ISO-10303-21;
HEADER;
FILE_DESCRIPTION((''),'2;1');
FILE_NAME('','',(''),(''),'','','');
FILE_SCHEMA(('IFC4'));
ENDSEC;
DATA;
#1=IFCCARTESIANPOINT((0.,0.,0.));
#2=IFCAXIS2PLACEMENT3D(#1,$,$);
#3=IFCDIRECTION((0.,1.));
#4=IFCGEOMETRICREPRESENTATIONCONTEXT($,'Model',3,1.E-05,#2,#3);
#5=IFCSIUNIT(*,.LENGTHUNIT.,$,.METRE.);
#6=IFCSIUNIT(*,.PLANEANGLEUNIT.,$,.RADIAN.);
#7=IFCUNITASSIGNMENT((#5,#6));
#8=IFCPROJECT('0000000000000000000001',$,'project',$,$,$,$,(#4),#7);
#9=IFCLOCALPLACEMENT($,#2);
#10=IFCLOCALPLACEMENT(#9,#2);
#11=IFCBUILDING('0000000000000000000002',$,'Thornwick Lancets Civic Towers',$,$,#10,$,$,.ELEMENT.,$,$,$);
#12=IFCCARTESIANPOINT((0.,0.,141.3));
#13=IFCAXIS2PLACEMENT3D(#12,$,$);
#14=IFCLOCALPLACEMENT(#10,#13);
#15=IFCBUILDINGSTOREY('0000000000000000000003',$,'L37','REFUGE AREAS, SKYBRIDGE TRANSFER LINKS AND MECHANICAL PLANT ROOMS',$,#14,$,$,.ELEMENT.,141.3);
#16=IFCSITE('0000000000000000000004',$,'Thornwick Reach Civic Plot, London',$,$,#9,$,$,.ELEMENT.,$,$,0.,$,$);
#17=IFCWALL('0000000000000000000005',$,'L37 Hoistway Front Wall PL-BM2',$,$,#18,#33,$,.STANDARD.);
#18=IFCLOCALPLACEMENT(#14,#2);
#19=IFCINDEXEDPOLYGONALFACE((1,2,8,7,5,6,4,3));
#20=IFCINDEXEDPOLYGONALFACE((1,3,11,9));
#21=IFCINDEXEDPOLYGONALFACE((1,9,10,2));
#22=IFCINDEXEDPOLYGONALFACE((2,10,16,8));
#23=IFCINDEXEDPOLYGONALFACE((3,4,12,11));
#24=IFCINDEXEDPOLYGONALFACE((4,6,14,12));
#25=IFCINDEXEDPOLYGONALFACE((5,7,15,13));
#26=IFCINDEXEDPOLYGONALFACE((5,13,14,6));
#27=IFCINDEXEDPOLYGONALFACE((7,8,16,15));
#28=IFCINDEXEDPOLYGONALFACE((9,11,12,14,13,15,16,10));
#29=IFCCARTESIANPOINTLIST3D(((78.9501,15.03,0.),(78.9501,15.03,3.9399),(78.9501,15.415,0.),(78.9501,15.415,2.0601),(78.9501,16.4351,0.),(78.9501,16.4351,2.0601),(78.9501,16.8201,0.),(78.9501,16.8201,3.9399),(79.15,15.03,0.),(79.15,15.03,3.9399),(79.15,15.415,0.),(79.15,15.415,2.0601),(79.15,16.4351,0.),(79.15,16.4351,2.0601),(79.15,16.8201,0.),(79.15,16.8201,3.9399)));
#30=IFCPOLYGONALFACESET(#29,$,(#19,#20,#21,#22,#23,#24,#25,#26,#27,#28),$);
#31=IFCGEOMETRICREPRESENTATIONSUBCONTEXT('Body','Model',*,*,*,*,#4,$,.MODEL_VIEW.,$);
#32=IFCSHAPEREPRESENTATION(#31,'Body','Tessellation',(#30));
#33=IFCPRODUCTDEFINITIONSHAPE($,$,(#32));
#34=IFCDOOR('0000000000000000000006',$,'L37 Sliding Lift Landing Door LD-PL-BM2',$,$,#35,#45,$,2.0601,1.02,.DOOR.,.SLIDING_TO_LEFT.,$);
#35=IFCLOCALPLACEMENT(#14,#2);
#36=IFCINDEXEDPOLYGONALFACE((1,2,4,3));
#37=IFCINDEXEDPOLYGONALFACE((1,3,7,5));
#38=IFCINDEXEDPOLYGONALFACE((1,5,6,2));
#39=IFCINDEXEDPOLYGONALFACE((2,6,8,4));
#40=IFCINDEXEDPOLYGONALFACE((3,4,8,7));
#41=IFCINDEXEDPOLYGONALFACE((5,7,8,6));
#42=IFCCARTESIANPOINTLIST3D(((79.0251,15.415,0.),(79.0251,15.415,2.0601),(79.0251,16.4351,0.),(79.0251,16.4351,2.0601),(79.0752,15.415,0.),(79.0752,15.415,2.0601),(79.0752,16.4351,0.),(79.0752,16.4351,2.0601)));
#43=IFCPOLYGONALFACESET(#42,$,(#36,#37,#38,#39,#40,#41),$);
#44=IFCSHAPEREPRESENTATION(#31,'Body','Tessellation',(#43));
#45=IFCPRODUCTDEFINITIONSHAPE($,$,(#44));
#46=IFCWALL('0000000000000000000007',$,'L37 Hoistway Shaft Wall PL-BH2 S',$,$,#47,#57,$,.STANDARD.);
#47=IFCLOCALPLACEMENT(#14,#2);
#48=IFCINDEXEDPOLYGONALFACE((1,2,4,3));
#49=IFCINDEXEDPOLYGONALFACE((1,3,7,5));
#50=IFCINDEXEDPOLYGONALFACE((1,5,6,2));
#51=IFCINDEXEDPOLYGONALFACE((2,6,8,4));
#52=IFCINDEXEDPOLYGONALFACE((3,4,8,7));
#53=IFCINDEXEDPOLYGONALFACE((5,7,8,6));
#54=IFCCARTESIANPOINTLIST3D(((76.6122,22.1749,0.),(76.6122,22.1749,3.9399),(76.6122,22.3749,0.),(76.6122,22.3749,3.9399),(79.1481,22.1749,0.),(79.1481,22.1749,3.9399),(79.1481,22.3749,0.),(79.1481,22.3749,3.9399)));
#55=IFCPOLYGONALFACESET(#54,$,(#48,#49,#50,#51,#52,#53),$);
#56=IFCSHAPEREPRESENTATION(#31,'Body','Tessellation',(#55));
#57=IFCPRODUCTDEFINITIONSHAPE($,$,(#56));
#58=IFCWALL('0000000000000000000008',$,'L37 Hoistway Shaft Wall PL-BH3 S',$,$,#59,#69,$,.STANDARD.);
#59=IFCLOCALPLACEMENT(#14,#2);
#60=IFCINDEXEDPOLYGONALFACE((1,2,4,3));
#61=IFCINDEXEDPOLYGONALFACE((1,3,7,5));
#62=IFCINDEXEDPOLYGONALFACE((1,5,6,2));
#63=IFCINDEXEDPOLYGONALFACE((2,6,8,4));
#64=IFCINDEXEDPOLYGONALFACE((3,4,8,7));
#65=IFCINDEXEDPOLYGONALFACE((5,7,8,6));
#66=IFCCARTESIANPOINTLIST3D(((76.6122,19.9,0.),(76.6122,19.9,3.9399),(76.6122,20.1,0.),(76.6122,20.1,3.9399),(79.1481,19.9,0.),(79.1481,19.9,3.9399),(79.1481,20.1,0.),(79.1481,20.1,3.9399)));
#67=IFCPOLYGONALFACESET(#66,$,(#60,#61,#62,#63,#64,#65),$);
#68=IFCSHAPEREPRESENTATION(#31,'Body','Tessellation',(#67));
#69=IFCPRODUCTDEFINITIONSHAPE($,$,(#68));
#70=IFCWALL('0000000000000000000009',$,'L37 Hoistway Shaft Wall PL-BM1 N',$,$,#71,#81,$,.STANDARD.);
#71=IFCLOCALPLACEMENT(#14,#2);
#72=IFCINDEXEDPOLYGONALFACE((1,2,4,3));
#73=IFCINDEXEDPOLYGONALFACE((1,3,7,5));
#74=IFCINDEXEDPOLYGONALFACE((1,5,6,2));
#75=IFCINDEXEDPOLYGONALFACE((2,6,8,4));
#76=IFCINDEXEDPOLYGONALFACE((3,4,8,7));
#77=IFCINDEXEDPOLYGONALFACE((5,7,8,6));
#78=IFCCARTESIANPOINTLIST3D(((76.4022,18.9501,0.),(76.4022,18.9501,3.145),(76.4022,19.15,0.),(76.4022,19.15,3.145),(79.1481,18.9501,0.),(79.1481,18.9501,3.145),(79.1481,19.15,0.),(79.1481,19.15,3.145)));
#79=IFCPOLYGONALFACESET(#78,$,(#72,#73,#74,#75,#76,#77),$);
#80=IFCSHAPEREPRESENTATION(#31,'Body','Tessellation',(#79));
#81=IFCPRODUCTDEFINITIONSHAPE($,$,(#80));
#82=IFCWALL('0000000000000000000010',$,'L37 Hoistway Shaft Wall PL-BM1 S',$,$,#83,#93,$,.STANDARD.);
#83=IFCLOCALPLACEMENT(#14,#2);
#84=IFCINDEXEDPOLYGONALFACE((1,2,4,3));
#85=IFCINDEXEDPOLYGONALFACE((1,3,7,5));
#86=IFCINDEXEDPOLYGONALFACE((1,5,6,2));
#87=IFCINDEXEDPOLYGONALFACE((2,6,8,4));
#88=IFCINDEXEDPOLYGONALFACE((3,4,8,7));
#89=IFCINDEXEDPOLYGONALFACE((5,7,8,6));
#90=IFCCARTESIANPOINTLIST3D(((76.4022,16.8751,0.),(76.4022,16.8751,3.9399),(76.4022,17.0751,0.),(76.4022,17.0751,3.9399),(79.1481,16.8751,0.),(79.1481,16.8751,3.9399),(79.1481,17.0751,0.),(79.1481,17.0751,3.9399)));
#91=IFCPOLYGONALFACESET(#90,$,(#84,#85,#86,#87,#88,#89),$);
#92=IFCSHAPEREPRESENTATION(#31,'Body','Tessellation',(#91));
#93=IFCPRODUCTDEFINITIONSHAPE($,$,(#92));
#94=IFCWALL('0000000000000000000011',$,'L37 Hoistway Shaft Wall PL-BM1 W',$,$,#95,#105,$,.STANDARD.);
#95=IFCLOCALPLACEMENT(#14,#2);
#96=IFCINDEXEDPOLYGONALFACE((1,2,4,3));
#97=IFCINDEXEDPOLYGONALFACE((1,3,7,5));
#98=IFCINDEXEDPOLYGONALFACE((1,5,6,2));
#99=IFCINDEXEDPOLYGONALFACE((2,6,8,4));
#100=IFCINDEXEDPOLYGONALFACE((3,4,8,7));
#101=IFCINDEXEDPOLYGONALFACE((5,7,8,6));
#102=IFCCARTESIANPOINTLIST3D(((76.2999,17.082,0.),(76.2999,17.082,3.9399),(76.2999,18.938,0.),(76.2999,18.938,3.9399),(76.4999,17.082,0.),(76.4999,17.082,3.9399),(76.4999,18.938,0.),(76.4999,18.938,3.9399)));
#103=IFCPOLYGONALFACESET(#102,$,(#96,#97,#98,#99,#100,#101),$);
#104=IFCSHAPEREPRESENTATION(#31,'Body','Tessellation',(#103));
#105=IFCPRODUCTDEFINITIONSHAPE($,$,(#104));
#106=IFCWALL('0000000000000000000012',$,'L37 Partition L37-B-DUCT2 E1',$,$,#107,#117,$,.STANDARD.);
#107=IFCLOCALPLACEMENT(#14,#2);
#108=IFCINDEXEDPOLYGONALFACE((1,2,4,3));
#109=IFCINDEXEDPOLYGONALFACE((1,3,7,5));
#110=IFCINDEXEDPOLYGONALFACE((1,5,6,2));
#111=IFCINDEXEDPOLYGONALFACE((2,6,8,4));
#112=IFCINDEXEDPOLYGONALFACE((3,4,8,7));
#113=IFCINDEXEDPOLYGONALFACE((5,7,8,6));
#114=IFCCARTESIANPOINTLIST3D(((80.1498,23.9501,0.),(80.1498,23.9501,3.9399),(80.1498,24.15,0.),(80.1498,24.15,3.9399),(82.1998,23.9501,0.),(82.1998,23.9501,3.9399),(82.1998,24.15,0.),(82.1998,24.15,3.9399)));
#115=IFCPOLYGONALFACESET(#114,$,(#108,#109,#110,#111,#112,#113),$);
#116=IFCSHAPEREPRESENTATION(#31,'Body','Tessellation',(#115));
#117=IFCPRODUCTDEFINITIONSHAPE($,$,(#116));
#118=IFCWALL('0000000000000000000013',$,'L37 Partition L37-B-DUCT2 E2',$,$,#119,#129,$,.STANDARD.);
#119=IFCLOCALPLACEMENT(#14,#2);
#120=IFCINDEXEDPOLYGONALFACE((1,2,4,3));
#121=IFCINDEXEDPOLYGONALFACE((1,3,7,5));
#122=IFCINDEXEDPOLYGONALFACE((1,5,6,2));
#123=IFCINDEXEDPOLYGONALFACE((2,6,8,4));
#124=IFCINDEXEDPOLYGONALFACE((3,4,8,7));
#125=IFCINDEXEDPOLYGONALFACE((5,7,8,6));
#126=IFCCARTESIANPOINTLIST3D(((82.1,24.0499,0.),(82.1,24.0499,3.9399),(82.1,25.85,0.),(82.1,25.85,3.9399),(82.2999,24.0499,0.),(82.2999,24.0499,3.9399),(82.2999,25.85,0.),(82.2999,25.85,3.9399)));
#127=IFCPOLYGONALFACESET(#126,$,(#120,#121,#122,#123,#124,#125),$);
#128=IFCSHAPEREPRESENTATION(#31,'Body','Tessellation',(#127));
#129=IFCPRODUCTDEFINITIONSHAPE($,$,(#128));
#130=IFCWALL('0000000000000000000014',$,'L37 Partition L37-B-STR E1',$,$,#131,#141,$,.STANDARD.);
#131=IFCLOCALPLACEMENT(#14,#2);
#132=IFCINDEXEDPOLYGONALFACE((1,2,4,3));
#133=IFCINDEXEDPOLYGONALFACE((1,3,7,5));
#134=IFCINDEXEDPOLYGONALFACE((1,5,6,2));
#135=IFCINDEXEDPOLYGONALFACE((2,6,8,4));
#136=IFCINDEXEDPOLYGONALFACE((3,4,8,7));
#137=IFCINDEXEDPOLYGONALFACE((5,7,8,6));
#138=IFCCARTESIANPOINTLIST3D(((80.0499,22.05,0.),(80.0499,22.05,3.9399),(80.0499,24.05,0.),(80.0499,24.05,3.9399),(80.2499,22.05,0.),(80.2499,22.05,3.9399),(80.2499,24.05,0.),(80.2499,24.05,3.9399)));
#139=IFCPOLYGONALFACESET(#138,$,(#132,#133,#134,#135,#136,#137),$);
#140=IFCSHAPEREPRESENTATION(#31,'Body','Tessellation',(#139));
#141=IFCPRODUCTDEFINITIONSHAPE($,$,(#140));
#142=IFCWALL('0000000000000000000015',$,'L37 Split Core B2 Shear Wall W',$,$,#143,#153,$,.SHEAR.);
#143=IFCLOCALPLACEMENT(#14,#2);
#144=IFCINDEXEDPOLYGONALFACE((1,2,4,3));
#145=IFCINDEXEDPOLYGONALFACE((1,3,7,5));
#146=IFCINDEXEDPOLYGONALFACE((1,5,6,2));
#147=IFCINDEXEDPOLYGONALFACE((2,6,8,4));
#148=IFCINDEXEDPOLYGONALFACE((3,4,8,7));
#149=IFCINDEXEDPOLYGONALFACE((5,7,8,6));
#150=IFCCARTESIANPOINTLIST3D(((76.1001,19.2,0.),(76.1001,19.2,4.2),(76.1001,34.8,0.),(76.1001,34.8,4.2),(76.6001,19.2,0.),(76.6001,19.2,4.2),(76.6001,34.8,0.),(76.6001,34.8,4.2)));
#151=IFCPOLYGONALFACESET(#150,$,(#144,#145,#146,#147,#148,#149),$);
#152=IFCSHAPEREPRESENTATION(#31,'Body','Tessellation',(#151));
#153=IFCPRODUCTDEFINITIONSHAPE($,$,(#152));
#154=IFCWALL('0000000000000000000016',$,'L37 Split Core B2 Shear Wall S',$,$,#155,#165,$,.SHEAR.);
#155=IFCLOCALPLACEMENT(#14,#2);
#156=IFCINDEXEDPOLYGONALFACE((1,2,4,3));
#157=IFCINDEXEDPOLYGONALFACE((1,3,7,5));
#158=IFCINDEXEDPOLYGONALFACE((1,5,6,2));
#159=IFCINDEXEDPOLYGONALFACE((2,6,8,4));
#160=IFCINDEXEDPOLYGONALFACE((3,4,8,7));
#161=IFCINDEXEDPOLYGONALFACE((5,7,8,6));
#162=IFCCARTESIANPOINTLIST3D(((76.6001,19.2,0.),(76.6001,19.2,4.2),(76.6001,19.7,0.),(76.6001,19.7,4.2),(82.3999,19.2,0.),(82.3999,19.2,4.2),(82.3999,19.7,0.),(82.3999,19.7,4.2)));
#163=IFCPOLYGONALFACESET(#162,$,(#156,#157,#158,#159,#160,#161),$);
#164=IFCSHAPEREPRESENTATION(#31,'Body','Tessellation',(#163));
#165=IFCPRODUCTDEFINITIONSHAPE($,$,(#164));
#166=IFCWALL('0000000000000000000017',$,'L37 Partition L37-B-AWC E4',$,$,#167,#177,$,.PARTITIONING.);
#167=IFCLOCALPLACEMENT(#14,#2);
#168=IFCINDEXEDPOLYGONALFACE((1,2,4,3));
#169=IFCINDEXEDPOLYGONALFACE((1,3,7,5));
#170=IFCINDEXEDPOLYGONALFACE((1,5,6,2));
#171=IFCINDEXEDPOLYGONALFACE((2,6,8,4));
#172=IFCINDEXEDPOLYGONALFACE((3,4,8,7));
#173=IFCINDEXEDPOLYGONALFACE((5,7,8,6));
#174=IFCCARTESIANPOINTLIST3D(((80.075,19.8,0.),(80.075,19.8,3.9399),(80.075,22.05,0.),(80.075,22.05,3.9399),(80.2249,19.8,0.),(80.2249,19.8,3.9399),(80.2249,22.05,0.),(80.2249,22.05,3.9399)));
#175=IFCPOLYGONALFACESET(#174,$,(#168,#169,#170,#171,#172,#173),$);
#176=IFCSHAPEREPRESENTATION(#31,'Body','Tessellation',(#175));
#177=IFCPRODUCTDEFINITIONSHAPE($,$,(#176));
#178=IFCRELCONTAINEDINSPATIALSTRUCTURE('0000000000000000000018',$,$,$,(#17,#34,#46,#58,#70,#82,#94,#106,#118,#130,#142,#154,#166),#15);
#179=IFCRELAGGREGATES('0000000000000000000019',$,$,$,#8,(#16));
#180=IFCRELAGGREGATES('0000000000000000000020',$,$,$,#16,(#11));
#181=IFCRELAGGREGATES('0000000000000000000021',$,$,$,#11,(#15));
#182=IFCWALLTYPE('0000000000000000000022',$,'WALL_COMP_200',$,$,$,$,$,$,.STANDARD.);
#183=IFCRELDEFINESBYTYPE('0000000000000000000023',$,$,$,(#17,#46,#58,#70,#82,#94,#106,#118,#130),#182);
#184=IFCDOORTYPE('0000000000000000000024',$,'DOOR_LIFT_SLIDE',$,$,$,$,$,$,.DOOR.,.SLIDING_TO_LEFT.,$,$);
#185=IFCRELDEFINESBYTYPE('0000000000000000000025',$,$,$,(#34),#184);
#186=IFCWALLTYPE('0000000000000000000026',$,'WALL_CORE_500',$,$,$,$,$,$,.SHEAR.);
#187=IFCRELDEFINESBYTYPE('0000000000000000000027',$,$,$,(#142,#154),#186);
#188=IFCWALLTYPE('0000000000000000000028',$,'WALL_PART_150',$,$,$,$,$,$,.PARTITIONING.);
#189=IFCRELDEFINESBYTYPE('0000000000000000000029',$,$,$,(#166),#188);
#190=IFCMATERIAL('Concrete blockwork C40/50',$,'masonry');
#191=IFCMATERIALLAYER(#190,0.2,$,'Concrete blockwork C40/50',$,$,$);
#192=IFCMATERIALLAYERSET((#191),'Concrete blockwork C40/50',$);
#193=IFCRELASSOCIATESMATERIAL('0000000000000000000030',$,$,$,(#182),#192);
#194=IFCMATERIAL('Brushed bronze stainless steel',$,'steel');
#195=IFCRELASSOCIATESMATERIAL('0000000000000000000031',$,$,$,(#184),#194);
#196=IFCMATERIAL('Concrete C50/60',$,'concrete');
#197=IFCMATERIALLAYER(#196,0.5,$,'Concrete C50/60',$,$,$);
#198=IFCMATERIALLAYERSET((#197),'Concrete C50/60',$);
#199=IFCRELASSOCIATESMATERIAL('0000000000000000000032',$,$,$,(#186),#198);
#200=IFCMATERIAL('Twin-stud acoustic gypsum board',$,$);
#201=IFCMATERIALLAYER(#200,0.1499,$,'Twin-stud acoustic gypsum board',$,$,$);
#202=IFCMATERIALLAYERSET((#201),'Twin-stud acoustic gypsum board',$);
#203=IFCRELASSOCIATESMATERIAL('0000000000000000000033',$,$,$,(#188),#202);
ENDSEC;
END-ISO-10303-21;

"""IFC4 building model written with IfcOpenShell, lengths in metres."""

from ifc_helpers import new_model, si_unit, direction, frame, frame_2d, origin, place, context, subcontext, project, spatial, rectangle, extrude, material, layer, layer_set, type_object, element, fill, save


model = new_model("IFC4")

# Units and contexts
model_context = context("Model", 3, precision=1e-05, world=origin(), true_north=direction((0.0, 1.0)))
body_context = subcontext(model_context, "Body", "Model", "MODEL_VIEW")
ifc_project = project(units=[si_unit("LENGTHUNIT", "METRE"), si_unit("PLANEANGLEUNIT", "RADIAN")], contexts=[model_context])

# Site, building, storey
site_placement = place(None, origin())
site = spatial("IfcSite", under=ifc_project, at=site_placement, Name="Thornwick Reach Civic Plot, London", CompositionType="ELEMENT", RefElevation=0.0)
building_placement = place(site_placement, origin())
building = spatial("IfcBuilding", under=site, at=building_placement, Name="Thornwick Lancets Civic Towers", CompositionType="ELEMENT")
storey_placement = place(building_placement, frame((0.0, 0.0, 141.3)))
storey = spatial("IfcBuildingStorey", under=building, at=storey_placement, Name="L37", Description="REFUGE AREAS, SKYBRIDGE TRANSFER LINKS AND MECHANICAL PLANT ROOMS", CompositionType="ELEMENT", Elevation=141.3)

# Wall, opening, door
ifc_material_1 = material(Name="Concrete blockwork C40/50", Category="masonry")
ifc_layer_1 = layer(ifc_material_1, 0.2, Name="Concrete blockwork C40/50")
ifc_layer_set_1 = layer_set([ifc_layer_1], Name="Concrete blockwork C40/50")
wall_type_1 = type_object("IfcWallType", Name="WALL_COMP_200", PredefinedType="STANDARD", material=ifc_layer_set_1)
ifc_material_2 = material(Name="Brushed bronze stainless steel", Category="steel")
door_type = type_object("IfcDoorType", Name="DOOR_LIFT_SLIDE", OperationType="SLIDING_TO_LEFT", PredefinedType="DOOR", material=ifc_material_2)
wall_1_placement = place(storey_placement, frame((79.05, 15.03, 0.0), z_axis=(0.0, 0.0, 1.0), x_axis=(0.0, 1.0, 0.0)))
wall_1 = element("IfcWall", 1, at=wall_1_placement, inside=storey, type_object=wall_type_1, Name="L37 Hoistway Front Wall PL-BM2", PredefinedType="STANDARD", context=body_context, shape_type="SweptSolid", body=[
    extrude(rectangle(XDim=1.79, YDim=0.2, at=frame_2d((0.895, 0.0))), origin(), (0.0, 0.0, 1.0), 3.9399),
])
opening_1_placement = place(wall_1_placement, frame((0.385, 0.0, 0.0)))
opening_1 = element("IfcOpeningElement", 2, at=opening_1_placement, cuts=wall_1, PredefinedType="OPENING", context=body_context, shape_type="SweptSolid", body=[
    extrude(rectangle(XDim=1.02, YDim=2.0601, at=frame_2d((0.51, 1.03))), frame((0.0, 0.1099, 0.0), z_axis=(0.0, -1.0, 0.0), x_axis=(1.0, 0.0, 0.0)), (0.0, 0.0, 1.0), 0.22),
])
door_1_placement = place(opening_1_placement, origin())
door_1 = element("IfcDoor", 3, at=door_1_placement, inside=storey, type_object=door_type, Name="L37 Sliding Lift Landing Door LD-PL-BM2", OperationType="SLIDING_TO_LEFT", OverallHeight=2.0601, OverallWidth=1.02, PredefinedType="DOOR", context=body_context, shape_type="SweptSolid", body=[
    extrude(rectangle(XDim=1.02, YDim=2.0601, at=frame_2d((0.51, 1.03))), frame((0.0, 0.0249, 0.0), z_axis=(0.0, -1.0, 0.0), x_axis=(1.0, 0.0, 0.0)), (0.0, 0.0, 1.0), 0.05),
])
fill(opening_1, door_1)

# Walls
for number, where, z_axis, x_axis, name in (
    (4, (76.6121, 22.2749, 0.0), (0.0, 0.0, 1.0), (1.0, 0.0, 0.0), "L37 Hoistway Shaft Wall PL-BH2 S"),
    (5, (76.6121, 20.0, 0.0), (0.0, 0.0, 1.0), (1.0, 0.0, 0.0), "L37 Hoistway Shaft Wall PL-BH3 S"),
):
    element("IfcWall", number, at=place(storey_placement, frame(where, z_axis=z_axis, x_axis=x_axis)), inside=storey, type_object=wall_type_1, Name=name, PredefinedType="STANDARD", context=body_context, shape_type="SweptSolid", body=[
        extrude(rectangle(XDim=2.5359, YDim=0.2, at=frame_2d((1.2681, 0.0))), origin(), (0.0, 0.0, 1.0), 3.9399),
    ])
wall_2_placement = place(storey_placement, frame((76.4021, 19.05, 0.0), z_axis=(0.0, 0.0, 1.0), x_axis=(1.0, 0.0, 0.0)))
element("IfcWall", 6, at=wall_2_placement, inside=storey, type_object=wall_type_1, Name="L37 Hoistway Shaft Wall PL-BM1 N", PredefinedType="STANDARD", context=body_context, shape_type="SweptSolid", body=[
    extrude(rectangle(XDim=2.7458, YDim=0.2, at=frame_2d((1.373, 0.0))), origin(), (0.0, 0.0, 1.0), 3.145),
])
wall_3_placement = place(storey_placement, frame((76.4021, 16.9751, 0.0), z_axis=(0.0, 0.0, 1.0), x_axis=(1.0, 0.0, 0.0)))
element("IfcWall", 7, at=wall_3_placement, inside=storey, type_object=wall_type_1, Name="L37 Hoistway Shaft Wall PL-BM1 S", PredefinedType="STANDARD", context=body_context, shape_type="SweptSolid", body=[
    extrude(rectangle(XDim=2.7458, YDim=0.2, at=frame_2d((1.373, 0.0))), origin(), (0.0, 0.0, 1.0), 3.9399),
])
wall_4_placement = place(storey_placement, frame((76.3999, 17.082, 0.0), z_axis=(0.0, 0.0, 1.0), x_axis=(0.0, 1.0, 0.0)))
element("IfcWall", 8, at=wall_4_placement, inside=storey, type_object=wall_type_1, Name="L37 Hoistway Shaft Wall PL-BM1 W", PredefinedType="STANDARD", context=body_context, shape_type="SweptSolid", body=[
    extrude(rectangle(XDim=1.856, YDim=0.2, at=frame_2d((0.928, 0.0))), origin(), (0.0, 0.0, 1.0), 3.9399),
])
wall_5_placement = place(storey_placement, frame((80.1499, 24.05, 0.0), z_axis=(0.0, 0.0, 1.0), x_axis=(1.0, 0.0, 0.0)))
element("IfcWall", 9, at=wall_5_placement, inside=storey, type_object=wall_type_1, Name="L37 Partition L37-B-DUCT2 E1", PredefinedType="STANDARD", context=body_context, shape_type="SweptSolid", body=[
    extrude(rectangle(XDim=2.05, YDim=0.2, at=frame_2d((1.0249, 0.0))), origin(), (0.0, 0.0, 1.0), 3.9399),
])
wall_6_placement = place(storey_placement, frame((82.2, 24.05, 0.0), z_axis=(0.0, 0.0, 1.0), x_axis=(0.0, 1.0, 0.0)))
element("IfcWall", 10, at=wall_6_placement, inside=storey, type_object=wall_type_1, Name="L37 Partition L37-B-DUCT2 E2", PredefinedType="STANDARD", context=body_context, shape_type="SweptSolid", body=[
    extrude(rectangle(XDim=1.8, YDim=0.2, at=frame_2d((0.8999, 0.0))), origin(), (0.0, 0.0, 1.0), 3.9399),
])
wall_7_placement = place(storey_placement, frame((80.1499, 22.05, 0.0), z_axis=(0.0, 0.0, 1.0), x_axis=(0.0, 1.0, 0.0)))
element("IfcWall", 11, at=wall_7_placement, inside=storey, type_object=wall_type_1, Name="L37 Partition L37-B-STR E1", PredefinedType="STANDARD", context=body_context, shape_type="SweptSolid", body=[
    extrude(rectangle(XDim=2.0, YDim=0.2, at=frame_2d((1.0, 0.0))), origin(), (0.0, 0.0, 1.0), 3.9399),
])
ifc_material_3 = material(Name="Concrete C50/60", Category="concrete")
ifc_layer_2 = layer(ifc_material_3, 0.5, Name="Concrete C50/60")
ifc_layer_set_2 = layer_set([ifc_layer_2], Name="Concrete C50/60")
wall_type_2 = type_object("IfcWallType", Name="WALL_CORE_500", PredefinedType="SHEAR", material=ifc_layer_set_2)
wall_8_placement = place(storey_placement, frame((76.3501, 19.2, 0.0), z_axis=(0.0, 0.0, 1.0), x_axis=(0.0, 1.0, 0.0)))
element("IfcWall", 12, at=wall_8_placement, inside=storey, type_object=wall_type_2, Name="L37 Split Core B2 Shear Wall W", PredefinedType="SHEAR", context=body_context, shape_type="SweptSolid", body=[
    extrude(rectangle(XDim=15.6001, YDim=0.5, at=frame_2d((7.8, 0.0))), origin(), (0.0, 0.0, 1.0), 4.2),
])
wall_9_placement = place(storey_placement, frame((76.6001, 19.45, 0.0), z_axis=(0.0, 0.0, 1.0), x_axis=(1.0, 0.0, 0.0)))
element("IfcWall", 13, at=wall_9_placement, inside=storey, type_object=wall_type_2, Name="L37 Split Core B2 Shear Wall S", PredefinedType="SHEAR", context=body_context, shape_type="SweptSolid", body=[
    extrude(rectangle(XDim=5.7998, YDim=0.5, at=frame_2d((2.8999, 0.0))), origin(), (0.0, 0.0, 1.0), 4.2),
])
ifc_material_4 = material(Name="Twin-stud acoustic gypsum board")
ifc_layer_3 = layer(ifc_material_4, 0.1499, Name="Twin-stud acoustic gypsum board")
ifc_layer_set_3 = layer_set([ifc_layer_3], Name="Twin-stud acoustic gypsum board")
wall_type_3 = type_object("IfcWallType", Name="WALL_PART_150", PredefinedType="PARTITIONING", material=ifc_layer_set_3)
wall_10_placement = place(storey_placement, frame((80.1499, 22.05, 0.0), z_axis=(0.0, 0.0, 1.0), x_axis=(0.0, -1.0, 0.0)))
element("IfcWall", 14, at=wall_10_placement, inside=storey, type_object=wall_type_3, Name="L37 Partition L37-B-AWC E4", PredefinedType="PARTITIONING", context=body_context, shape_type="SweptSolid", body=[
    extrude(rectangle(XDim=2.25, YDim=0.1499, at=frame_2d((1.125, 0.0))), origin(), (0.0, 0.0, 1.0), 3.9399),
])

save(model, "model.ifc")
